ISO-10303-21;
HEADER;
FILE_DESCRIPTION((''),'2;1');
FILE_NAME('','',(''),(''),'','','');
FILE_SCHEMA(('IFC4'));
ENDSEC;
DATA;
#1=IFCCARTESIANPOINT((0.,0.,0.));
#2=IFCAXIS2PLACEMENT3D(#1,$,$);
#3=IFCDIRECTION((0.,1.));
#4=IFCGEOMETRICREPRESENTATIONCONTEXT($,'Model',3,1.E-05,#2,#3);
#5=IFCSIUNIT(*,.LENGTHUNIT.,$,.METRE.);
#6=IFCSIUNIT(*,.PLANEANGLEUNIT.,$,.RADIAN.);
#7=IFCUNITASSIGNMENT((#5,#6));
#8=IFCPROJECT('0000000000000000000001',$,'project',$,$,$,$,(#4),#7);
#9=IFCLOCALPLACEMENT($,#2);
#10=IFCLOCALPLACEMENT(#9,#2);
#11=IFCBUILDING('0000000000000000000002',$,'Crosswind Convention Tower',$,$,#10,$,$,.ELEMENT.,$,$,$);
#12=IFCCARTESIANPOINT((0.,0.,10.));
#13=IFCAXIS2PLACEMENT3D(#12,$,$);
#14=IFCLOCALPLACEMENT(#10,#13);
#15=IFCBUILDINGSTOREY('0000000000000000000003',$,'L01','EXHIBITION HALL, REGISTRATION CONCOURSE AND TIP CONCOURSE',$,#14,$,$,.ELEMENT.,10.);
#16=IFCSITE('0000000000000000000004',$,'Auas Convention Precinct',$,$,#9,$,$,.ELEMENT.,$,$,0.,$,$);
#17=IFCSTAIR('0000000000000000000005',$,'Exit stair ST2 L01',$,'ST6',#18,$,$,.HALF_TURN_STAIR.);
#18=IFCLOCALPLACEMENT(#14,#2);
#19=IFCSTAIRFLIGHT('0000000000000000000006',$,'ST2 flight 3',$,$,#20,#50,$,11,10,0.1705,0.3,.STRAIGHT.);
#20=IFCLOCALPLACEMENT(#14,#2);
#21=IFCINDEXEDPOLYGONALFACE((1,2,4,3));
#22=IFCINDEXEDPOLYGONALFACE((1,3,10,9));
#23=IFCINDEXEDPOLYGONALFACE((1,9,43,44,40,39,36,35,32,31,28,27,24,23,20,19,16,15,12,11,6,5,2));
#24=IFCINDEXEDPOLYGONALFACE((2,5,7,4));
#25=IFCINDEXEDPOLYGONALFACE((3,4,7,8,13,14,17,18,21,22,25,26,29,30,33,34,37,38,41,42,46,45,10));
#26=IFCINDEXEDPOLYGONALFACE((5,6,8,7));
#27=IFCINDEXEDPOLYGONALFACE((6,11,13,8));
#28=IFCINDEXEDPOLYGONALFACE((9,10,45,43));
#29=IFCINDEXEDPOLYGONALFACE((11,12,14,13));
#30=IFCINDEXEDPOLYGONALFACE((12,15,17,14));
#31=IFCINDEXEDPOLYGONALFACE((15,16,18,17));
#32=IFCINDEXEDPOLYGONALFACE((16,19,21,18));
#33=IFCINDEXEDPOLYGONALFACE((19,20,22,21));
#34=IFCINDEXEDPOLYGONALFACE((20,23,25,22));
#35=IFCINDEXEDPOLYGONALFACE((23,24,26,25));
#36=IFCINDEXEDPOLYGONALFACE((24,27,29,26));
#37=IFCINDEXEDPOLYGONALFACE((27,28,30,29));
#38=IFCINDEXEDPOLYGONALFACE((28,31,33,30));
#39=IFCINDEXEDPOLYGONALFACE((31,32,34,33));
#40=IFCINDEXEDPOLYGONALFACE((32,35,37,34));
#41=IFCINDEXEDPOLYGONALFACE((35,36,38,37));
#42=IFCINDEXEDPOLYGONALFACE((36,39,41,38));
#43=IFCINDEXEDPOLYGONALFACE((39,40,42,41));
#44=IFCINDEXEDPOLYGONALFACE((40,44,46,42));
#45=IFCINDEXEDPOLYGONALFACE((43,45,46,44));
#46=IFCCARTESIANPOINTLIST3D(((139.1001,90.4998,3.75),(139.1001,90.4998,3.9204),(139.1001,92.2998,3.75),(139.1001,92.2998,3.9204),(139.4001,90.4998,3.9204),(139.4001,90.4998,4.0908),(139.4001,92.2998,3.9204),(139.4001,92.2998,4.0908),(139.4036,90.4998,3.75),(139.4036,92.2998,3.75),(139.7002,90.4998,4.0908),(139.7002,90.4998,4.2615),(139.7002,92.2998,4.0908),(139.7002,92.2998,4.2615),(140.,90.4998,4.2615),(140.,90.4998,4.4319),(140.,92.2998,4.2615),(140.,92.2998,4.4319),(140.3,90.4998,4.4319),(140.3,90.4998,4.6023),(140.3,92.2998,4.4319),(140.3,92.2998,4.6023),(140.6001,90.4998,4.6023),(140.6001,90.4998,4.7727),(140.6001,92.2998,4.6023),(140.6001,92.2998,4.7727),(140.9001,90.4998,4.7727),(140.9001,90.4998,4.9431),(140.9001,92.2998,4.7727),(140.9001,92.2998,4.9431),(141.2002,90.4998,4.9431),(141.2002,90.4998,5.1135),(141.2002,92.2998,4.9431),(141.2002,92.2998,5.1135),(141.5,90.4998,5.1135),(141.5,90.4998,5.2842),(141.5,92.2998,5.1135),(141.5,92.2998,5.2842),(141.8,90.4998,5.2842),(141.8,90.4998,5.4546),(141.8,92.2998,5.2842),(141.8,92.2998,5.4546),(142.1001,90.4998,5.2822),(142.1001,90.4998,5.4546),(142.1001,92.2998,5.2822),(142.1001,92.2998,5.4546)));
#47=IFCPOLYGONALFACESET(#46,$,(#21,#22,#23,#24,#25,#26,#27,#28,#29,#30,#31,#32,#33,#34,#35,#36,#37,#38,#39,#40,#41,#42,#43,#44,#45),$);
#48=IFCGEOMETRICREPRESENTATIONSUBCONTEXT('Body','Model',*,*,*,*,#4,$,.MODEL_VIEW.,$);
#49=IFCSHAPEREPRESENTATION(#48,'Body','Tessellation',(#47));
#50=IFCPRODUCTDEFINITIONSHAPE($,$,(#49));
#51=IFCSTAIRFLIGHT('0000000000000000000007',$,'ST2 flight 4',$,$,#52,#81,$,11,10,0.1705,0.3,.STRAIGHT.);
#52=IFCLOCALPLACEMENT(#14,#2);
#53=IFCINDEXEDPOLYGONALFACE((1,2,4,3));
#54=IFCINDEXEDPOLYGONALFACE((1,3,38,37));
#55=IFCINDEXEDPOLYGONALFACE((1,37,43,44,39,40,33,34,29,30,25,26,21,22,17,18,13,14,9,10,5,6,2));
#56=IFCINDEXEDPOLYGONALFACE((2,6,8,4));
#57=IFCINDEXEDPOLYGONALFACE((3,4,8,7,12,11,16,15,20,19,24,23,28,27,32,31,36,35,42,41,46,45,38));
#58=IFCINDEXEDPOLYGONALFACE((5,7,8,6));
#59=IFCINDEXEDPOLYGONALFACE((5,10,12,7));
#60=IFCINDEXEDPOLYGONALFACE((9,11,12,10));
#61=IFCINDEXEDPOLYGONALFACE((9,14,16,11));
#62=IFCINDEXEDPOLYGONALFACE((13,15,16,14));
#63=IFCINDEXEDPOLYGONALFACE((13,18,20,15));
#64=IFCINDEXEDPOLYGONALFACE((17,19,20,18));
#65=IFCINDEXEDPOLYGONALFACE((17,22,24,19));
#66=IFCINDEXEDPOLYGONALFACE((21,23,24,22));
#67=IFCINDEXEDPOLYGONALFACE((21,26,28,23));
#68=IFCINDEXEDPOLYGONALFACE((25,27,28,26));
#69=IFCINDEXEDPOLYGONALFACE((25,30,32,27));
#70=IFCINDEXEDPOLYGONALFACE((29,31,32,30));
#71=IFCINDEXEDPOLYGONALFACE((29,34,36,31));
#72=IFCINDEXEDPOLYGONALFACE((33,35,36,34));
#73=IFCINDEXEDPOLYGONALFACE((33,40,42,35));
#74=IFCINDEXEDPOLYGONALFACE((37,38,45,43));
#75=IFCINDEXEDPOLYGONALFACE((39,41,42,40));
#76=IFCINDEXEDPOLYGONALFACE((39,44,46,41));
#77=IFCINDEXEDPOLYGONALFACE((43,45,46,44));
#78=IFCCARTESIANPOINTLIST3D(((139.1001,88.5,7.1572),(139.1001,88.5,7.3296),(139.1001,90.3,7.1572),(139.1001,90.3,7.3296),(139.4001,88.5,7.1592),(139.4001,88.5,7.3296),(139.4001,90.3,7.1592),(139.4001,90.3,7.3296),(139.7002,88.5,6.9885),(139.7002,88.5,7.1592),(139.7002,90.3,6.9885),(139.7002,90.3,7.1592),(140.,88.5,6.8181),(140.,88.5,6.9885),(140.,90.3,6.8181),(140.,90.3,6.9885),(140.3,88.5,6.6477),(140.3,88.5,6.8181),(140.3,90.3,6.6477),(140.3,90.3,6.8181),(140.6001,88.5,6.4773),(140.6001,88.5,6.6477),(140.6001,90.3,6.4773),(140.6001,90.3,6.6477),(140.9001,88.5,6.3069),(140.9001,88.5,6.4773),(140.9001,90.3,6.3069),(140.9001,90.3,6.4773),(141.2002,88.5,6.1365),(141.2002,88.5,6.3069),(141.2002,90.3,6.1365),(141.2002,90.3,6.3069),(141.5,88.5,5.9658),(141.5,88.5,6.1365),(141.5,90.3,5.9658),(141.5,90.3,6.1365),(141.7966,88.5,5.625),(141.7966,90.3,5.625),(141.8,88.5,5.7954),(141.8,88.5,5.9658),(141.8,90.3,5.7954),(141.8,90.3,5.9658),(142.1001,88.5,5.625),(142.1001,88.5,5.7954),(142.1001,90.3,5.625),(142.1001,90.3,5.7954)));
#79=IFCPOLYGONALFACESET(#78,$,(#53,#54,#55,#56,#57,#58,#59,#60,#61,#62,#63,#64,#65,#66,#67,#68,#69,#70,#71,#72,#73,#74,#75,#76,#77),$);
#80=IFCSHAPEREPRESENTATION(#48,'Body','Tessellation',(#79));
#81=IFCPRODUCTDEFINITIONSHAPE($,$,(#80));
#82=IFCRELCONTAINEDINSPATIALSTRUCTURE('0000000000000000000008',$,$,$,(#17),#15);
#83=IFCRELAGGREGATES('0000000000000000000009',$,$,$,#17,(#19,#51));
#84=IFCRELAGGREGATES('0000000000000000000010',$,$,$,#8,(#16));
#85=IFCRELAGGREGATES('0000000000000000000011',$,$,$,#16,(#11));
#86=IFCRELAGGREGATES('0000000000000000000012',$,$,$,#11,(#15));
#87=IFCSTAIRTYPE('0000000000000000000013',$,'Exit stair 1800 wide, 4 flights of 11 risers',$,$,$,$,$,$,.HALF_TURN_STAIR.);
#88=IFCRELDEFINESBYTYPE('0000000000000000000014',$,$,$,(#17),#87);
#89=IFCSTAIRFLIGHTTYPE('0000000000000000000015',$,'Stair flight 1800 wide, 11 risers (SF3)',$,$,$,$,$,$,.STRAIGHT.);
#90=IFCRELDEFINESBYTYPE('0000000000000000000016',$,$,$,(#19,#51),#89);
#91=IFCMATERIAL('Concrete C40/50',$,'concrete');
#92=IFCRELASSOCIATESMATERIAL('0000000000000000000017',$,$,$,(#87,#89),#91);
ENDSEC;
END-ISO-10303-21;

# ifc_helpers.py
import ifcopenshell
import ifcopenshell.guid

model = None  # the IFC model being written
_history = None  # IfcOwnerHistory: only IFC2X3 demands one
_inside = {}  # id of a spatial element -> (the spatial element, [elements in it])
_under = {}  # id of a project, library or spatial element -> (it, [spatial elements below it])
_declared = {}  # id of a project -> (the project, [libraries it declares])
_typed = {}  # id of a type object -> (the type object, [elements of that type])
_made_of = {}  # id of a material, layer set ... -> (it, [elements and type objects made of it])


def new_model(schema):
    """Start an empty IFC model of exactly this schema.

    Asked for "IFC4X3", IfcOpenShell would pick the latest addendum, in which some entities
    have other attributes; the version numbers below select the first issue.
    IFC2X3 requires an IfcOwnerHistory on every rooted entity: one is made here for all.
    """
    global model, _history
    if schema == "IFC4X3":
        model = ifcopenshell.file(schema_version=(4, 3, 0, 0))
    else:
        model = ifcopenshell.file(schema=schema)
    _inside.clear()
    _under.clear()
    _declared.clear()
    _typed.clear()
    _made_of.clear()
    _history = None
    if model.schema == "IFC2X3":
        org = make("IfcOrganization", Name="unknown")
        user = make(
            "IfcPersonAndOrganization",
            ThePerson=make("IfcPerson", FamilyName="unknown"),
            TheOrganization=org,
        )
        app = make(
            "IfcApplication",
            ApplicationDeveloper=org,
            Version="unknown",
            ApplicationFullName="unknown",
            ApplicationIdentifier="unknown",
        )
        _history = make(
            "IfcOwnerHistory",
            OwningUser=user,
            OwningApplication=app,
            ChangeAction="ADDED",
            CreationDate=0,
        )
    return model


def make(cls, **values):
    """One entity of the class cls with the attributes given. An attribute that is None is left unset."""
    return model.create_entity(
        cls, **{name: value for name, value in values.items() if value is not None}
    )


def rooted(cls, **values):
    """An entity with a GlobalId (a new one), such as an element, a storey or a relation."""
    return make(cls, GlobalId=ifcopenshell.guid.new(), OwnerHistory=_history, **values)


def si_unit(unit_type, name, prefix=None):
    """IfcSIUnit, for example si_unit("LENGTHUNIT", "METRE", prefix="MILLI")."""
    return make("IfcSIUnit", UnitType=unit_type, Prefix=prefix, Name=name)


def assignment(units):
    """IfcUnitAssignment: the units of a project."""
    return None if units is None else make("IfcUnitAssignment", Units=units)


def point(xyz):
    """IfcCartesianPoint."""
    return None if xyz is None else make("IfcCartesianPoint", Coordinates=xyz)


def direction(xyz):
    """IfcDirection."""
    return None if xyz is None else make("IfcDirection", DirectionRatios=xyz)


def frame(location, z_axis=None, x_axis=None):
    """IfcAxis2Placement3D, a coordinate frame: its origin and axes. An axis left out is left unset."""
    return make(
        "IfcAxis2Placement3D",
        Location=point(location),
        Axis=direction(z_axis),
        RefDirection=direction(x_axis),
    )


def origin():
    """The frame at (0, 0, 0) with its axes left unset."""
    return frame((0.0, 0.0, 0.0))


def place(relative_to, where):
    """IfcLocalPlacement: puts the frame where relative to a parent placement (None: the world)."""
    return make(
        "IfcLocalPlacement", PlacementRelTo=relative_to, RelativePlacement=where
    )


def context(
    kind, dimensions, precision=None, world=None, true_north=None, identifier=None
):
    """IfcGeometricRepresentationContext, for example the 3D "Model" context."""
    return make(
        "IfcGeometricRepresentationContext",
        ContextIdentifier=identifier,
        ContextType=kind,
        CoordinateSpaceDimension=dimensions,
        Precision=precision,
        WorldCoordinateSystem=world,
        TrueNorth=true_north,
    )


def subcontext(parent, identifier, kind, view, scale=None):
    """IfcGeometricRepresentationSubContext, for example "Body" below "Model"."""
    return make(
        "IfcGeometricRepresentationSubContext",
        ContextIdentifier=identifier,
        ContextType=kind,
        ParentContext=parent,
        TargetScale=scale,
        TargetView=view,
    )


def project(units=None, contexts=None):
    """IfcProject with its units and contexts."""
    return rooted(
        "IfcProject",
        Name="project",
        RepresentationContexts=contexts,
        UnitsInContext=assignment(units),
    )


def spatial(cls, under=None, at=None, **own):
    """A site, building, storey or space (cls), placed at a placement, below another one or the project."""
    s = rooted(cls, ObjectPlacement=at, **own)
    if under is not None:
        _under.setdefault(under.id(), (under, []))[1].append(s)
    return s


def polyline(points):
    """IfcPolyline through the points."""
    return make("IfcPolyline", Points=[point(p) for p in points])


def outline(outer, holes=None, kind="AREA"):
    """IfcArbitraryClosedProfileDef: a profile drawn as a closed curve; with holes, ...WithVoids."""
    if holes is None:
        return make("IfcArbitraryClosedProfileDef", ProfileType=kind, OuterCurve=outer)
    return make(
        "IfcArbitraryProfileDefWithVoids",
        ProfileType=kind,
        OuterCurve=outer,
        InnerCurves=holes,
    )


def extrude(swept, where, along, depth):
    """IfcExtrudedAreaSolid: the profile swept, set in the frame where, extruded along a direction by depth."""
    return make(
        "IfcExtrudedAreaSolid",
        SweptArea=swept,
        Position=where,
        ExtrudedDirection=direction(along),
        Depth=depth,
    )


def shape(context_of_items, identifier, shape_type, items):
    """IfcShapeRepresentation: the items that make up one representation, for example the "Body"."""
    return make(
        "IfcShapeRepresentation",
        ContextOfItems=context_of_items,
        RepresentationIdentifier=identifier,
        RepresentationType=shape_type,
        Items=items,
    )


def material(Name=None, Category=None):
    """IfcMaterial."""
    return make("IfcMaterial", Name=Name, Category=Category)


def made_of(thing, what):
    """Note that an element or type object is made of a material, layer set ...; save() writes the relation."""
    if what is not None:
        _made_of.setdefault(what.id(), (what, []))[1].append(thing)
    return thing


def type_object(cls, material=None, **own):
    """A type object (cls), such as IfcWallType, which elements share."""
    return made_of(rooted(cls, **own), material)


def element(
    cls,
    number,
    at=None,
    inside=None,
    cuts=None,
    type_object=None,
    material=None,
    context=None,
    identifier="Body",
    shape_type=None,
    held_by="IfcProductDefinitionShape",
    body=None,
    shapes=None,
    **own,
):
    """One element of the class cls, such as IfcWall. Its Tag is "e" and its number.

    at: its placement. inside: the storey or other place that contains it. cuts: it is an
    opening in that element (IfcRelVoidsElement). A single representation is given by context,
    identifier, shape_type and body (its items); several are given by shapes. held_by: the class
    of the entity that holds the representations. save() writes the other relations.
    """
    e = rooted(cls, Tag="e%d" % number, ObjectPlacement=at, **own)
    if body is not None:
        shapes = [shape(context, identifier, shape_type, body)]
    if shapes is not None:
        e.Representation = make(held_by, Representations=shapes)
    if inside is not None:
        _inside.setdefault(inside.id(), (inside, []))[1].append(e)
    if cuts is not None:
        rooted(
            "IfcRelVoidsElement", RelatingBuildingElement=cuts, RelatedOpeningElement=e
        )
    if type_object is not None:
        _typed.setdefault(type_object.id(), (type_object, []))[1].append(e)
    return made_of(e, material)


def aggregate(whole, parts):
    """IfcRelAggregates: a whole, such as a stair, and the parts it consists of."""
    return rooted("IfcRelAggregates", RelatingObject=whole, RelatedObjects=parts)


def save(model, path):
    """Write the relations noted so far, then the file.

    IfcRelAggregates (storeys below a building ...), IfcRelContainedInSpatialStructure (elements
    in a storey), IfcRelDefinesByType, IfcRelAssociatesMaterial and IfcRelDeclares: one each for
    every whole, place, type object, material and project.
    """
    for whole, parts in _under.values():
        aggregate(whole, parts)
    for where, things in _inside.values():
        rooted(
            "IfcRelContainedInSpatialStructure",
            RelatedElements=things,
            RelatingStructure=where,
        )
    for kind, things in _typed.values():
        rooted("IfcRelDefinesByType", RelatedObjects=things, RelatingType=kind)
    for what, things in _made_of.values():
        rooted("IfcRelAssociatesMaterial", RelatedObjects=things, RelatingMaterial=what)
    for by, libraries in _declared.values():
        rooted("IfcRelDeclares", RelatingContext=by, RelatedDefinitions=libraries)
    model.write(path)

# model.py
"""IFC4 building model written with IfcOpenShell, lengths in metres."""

from ifc_helpers import new_model, si_unit, direction, frame, origin, place, context, subcontext, project, spatial, polyline, outline, extrude, material, type_object, element, aggregate, save


model = new_model("IFC4")

# Units and contexts
model_context = context("Model", 3, precision=1e-05, world=origin(), true_north=direction((0.0, 1.0)))
body_context = subcontext(model_context, "Body", "Model", "MODEL_VIEW")
ifc_project = project(units=[si_unit("LENGTHUNIT", "METRE"), si_unit("PLANEANGLEUNIT", "RADIAN")], contexts=[model_context])

# Site, building, storey
site_placement = place(None, origin())
site = spatial("IfcSite", under=ifc_project, at=site_placement, Name="Auas Convention Precinct", CompositionType="ELEMENT", RefElevation=0.0)
building_placement = place(site_placement, origin())
building = spatial("IfcBuilding", under=site, at=building_placement, Name="Crosswind Convention Tower", CompositionType="ELEMENT")
storey_placement = place(building_placement, frame((0.0, 0.0, 10.0)))
storey = spatial("IfcBuildingStorey", under=building, at=storey_placement, Name="L01", Description="EXHIBITION HALL, REGISTRATION CONCOURSE AND TIP CONCOURSE", CompositionType="ELEMENT", Elevation=10.0)

# Stair, stair flights
ifc_material_1 = material(Name="Concrete C40/50", Category="concrete")
stair_type = type_object("IfcStairType", Name="Exit stair 1800 wide, 4 flights of 11 risers", PredefinedType="HALF_TURN_STAIR", material=ifc_material_1)
stair_placement = place(storey_placement, origin())
stair = element("IfcStair", 1, at=stair_placement, inside=storey, type_object=stair_type, Name="Exit stair ST2 L01", ObjectType="ST6", PredefinedType="HALF_TURN_STAIR")
stair_flight_type = type_object("IfcStairFlightType", Name="Stair flight 1800 wide, 11 risers (SF3)", PredefinedType="STRAIGHT", material=ifc_material_1)
stair_flight_1_placement = place(storey_placement, frame((139.1001, 91.3999, 3.75), z_axis=(0.0, 0.0, 1.0), x_axis=(1.0, 0.0, 0.0)))
stair_flight_1 = element("IfcStairFlight", 2, at=stair_flight_1_placement, type_object=stair_flight_type, Name="ST2 flight 3", NumberOfRisers=11, NumberOfTreads=10, PredefinedType="STRAIGHT", RiserHeight=0.1705, TreadLength=0.3, context=body_context, shape_type="SweptSolid", body=[
    extrude(outline(polyline([(0.0, 0.0), (0.0, 0.1704), (0.3, 0.1704), (0.3, 0.3408), (0.6001, 0.3408), (0.6001, 0.5115), (0.8999, 0.5115), (0.8999, 0.6819), (1.2, 0.6819), (1.2, 0.8523), (1.5, 0.8523), (1.5, 1.0227), (1.8, 1.0227), (1.8, 1.1931), (2.1001, 1.1931), (2.1001, 1.3635), (2.3999, 1.3635), (2.3999, 1.5342), (2.7, 1.5342), (2.7, 1.7046), (3.0, 1.7046), (3.0, 1.875), (3.0, 1.5322), (0.3035, 0.0), (0.0, 0.0)])), frame((0.0, 0.8999, 0.0), z_axis=(0.0, -1.0, 0.0), x_axis=(1.0, 0.0, 0.0)), (0.0, 0.0, 1.0), 1.8),
])
stair_flight_2_placement = place(storey_placement, frame((142.1001, 89.3999, 5.625), z_axis=(0.0, 0.0, 1.0), x_axis=(-1.0, 0.0, 0.0)))
stair_flight_2 = element("IfcStairFlight", 3, at=stair_flight_2_placement, type_object=stair_flight_type, Name="ST2 flight 4", NumberOfRisers=11, NumberOfTreads=10, PredefinedType="STRAIGHT", RiserHeight=0.1705, TreadLength=0.3, context=body_context, shape_type="SweptSolid", body=[
    extrude(outline(polyline([(0.0, 0.0), (0.0, 0.1704), (0.3, 0.1704), (0.3, 0.3408), (0.6001, 0.3408), (0.6001, 0.5115), (0.8999, 0.5115), (0.8999, 0.6819), (1.2, 0.6819), (1.2, 0.8523), (1.5, 0.8523), (1.5, 1.0227), (1.8, 1.0227), (1.8, 1.1931), (2.1001, 1.1931), (2.1001, 1.3635), (2.3999, 1.3635), (2.3999, 1.5342), (2.7, 1.5342), (2.7, 1.7046), (3.0, 1.7046), (3.0, 1.875), (3.0, 1.5322), (0.3035, 0.0), (0.0, 0.0)])), frame((0.0, 0.8999, 0.0), z_axis=(0.0, -1.0, 0.0), x_axis=(1.0, 0.0, 0.0)), (0.0, 0.0, 1.0), 1.8),
])
aggregate(stair, [stair_flight_1, stair_flight_2])

save(model, "model.ifc")
